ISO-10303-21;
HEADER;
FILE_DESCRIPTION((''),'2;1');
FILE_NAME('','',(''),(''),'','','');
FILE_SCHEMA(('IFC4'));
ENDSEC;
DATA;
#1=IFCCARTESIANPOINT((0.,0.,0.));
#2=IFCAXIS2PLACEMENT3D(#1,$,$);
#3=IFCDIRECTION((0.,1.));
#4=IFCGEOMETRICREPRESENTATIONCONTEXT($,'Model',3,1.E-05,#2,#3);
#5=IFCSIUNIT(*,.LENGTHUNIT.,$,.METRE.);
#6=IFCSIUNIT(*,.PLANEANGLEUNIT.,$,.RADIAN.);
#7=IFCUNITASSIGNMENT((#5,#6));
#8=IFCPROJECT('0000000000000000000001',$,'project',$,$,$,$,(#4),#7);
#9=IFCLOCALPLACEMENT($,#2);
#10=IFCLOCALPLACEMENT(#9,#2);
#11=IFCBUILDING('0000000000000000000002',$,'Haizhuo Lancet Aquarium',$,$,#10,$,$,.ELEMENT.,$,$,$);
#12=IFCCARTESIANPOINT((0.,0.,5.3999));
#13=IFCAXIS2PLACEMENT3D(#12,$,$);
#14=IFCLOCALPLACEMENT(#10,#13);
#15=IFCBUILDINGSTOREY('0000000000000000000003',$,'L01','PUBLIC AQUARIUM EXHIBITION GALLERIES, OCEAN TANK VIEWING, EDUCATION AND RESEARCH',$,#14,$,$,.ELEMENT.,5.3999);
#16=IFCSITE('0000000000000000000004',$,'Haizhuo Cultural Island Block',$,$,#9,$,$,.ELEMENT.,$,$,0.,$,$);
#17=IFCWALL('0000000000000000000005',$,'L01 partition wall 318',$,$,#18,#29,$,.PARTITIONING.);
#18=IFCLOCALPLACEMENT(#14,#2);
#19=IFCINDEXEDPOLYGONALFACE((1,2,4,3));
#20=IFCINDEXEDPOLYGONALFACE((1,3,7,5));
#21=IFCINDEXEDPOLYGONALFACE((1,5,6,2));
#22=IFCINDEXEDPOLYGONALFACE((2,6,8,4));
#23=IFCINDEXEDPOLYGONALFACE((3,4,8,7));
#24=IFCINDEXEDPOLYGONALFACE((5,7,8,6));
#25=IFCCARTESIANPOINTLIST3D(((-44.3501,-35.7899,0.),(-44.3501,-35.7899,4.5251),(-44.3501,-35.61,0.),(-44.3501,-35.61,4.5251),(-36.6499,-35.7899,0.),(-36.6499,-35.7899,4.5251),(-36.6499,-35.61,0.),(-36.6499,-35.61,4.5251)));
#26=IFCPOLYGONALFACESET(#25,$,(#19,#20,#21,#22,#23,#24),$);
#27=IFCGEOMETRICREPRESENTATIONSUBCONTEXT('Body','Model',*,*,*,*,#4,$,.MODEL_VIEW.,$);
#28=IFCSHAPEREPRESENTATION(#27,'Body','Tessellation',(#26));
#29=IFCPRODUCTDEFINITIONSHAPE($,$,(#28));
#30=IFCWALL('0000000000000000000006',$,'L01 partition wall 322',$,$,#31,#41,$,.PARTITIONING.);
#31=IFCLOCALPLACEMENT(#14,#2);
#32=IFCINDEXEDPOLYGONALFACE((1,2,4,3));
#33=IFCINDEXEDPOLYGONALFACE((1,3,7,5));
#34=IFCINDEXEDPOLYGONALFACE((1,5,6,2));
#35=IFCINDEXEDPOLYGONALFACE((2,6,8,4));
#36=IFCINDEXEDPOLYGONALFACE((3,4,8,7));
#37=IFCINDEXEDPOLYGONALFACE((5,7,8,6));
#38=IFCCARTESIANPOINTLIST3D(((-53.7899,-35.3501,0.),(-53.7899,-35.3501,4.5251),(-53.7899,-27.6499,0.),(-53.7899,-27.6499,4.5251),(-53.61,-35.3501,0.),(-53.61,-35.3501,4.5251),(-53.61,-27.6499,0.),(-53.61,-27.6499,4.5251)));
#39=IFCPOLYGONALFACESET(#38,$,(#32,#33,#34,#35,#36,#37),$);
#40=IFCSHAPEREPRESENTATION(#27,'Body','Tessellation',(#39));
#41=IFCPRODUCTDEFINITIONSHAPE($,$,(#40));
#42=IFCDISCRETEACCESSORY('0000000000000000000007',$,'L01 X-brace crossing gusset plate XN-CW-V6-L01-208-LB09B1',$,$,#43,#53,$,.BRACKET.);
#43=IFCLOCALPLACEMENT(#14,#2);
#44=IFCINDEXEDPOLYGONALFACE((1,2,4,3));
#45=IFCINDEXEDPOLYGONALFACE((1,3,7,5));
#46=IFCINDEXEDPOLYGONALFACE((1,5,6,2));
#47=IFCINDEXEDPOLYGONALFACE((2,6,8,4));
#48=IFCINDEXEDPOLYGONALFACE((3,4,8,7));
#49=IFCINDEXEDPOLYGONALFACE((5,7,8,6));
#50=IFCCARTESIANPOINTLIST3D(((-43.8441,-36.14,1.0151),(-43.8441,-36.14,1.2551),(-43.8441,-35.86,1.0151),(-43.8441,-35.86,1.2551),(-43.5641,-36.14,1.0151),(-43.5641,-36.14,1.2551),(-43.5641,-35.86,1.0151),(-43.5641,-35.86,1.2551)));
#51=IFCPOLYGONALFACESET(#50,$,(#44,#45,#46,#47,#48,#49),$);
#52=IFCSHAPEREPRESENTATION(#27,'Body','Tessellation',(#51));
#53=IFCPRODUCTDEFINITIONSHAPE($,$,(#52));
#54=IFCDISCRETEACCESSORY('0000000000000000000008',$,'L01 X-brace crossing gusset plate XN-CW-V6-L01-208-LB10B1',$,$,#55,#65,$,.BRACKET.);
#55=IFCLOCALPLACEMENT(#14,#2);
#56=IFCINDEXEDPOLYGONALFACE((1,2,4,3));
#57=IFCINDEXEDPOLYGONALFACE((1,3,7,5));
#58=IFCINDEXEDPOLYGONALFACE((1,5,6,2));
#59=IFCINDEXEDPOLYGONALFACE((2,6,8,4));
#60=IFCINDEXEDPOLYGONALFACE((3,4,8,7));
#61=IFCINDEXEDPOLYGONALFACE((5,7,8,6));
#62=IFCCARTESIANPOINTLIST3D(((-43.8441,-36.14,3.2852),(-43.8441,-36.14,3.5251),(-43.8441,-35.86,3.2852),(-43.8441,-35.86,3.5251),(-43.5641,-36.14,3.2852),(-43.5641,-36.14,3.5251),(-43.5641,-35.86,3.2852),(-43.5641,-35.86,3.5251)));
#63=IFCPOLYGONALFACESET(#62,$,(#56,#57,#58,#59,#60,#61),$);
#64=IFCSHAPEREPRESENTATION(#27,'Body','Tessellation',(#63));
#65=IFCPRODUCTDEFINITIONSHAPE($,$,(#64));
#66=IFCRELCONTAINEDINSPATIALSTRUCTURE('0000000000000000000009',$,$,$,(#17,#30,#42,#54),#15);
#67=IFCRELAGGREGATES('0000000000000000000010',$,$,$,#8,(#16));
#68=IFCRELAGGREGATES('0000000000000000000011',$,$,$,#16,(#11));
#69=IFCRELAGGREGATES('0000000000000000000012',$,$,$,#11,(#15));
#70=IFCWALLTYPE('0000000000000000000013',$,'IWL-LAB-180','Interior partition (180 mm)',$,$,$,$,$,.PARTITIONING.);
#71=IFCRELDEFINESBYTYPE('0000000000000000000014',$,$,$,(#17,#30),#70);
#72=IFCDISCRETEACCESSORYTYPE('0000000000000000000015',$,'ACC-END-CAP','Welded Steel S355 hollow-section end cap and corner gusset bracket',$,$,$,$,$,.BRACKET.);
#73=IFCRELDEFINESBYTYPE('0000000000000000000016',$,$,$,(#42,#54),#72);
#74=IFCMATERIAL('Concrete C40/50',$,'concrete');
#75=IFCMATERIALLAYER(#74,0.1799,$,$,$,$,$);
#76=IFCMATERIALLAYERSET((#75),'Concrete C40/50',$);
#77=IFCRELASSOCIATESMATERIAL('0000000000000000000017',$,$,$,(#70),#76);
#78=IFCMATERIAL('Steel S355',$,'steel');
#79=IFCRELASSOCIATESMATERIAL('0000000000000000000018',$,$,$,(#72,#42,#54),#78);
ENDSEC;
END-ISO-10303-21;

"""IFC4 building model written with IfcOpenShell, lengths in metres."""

from ifc_helpers import new_model, si_unit, direction, frame, frame_2d, origin, origin_2d, place, context, subcontext, project, spatial, rectangle, extrude, material, layer, layer_set, type_object, element, save


model = new_model("IFC4")

# Units and contexts
model_context = context("Model", 3, precision=1e-05, world=origin(), true_north=direction((0.0, 1.0)))
body_context = subcontext(model_context, "Body", "Model", "MODEL_VIEW")
ifc_project = project(units=[si_unit("LENGTHUNIT", "METRE"), si_unit("PLANEANGLEUNIT", "RADIAN")], contexts=[model_context])

# Site, building, storey
site_placement = place(None, origin())
site = spatial("IfcSite", under=ifc_project, at=site_placement, Name="Haizhuo Cultural Island Block", CompositionType="ELEMENT", RefElevation=0.0)
building_placement = place(site_placement, origin())
building = spatial("IfcBuilding", under=site, at=building_placement, Name="Haizhuo Lancet Aquarium", CompositionType="ELEMENT")
storey_placement = place(building_placement, frame((0.0, 0.0, 5.3999)))
storey = spatial("IfcBuildingStorey", under=building, at=storey_placement, Name="L01", Description="PUBLIC AQUARIUM EXHIBITION GALLERIES, OCEAN TANK VIEWING, EDUCATION AND RESEARCH", CompositionType="ELEMENT", Elevation=5.3999)

# Shared definitions
ifc_material_1 = material(Name="Concrete C40/50", Category="concrete")

# Shared definitions
ifc_material_2 = material(Name="Steel S355", Category="steel")

# Walls
ifc_layer_1 = layer(ifc_material_1, 0.1799)
ifc_layer_set_1 = layer_set([ifc_layer_1], Name="Concrete C40/50")
wall_type_1 = type_object("IfcWallType", Name="IWL-LAB-180", Description="Interior partition (180 mm)", PredefinedType="PARTITIONING", material=ifc_layer_set_1)
for number, where, z_axis, x_axis, name in (
    (1, (-44.3501, -35.7, 0.0), (0.0, 0.0, 1.0), (1.0, 0.0, 0.0), "L01 partition wall 318"),
    (2, (-53.7, -27.6499, 0.0), (0.0, 0.0, 1.0), (0.0, -1.0, 0.0), "L01 partition wall 322"),
):
    element("IfcWall", number, at=place(storey_placement, frame(where, z_axis=z_axis, x_axis=x_axis)), inside=storey, type_object=wall_type_1, Name=name, PredefinedType="PARTITIONING", context=body_context, shape_type="SweptSolid", body=[
        extrude(rectangle(XDim=7.7002, YDim=0.1799, at=frame_2d((3.8501, 0.0))), origin(), (0.0, 0.0, 1.0), 4.5251),
    ])

# Discrete accessories
discrete_accessory_type = type_object("IfcDiscreteAccessoryType", Name="ACC-END-CAP", Description="Welded Steel S355 hollow-section end cap and corner gusset bracket", PredefinedType="BRACKET", material=ifc_material_2)
for number, where, z_axis, x_axis, name in (
    (3, (-43.7041, -36.0, 1.0151), (0.0, 0.0, 1.0), (1.0, 0.0, 0.0), "L01 X-brace crossing gusset plate XN-CW-V6-L01-208-LB09B1"),
    (4, (-43.7041, -36.0, 3.2852), (0.0, 0.0, 1.0), (1.0, 0.0, 0.0), "L01 X-brace crossing gusset plate XN-CW-V6-L01-208-LB10B1"),
):
    element("IfcDiscreteAccessory", number, at=place(storey_placement, frame(where, z_axis=z_axis, x_axis=x_axis)), inside=storey, type_object=discrete_accessory_type, material=ifc_material_2, Name=name, PredefinedType="BRACKET", context=body_context, shape_type="SweptSolid", body=[
        extrude(rectangle(XDim=0.28, YDim=0.28, at=origin_2d()), origin(), (0.0, 0.0, 1.0), 0.24),
    ])

save(model, "model.ifc")
